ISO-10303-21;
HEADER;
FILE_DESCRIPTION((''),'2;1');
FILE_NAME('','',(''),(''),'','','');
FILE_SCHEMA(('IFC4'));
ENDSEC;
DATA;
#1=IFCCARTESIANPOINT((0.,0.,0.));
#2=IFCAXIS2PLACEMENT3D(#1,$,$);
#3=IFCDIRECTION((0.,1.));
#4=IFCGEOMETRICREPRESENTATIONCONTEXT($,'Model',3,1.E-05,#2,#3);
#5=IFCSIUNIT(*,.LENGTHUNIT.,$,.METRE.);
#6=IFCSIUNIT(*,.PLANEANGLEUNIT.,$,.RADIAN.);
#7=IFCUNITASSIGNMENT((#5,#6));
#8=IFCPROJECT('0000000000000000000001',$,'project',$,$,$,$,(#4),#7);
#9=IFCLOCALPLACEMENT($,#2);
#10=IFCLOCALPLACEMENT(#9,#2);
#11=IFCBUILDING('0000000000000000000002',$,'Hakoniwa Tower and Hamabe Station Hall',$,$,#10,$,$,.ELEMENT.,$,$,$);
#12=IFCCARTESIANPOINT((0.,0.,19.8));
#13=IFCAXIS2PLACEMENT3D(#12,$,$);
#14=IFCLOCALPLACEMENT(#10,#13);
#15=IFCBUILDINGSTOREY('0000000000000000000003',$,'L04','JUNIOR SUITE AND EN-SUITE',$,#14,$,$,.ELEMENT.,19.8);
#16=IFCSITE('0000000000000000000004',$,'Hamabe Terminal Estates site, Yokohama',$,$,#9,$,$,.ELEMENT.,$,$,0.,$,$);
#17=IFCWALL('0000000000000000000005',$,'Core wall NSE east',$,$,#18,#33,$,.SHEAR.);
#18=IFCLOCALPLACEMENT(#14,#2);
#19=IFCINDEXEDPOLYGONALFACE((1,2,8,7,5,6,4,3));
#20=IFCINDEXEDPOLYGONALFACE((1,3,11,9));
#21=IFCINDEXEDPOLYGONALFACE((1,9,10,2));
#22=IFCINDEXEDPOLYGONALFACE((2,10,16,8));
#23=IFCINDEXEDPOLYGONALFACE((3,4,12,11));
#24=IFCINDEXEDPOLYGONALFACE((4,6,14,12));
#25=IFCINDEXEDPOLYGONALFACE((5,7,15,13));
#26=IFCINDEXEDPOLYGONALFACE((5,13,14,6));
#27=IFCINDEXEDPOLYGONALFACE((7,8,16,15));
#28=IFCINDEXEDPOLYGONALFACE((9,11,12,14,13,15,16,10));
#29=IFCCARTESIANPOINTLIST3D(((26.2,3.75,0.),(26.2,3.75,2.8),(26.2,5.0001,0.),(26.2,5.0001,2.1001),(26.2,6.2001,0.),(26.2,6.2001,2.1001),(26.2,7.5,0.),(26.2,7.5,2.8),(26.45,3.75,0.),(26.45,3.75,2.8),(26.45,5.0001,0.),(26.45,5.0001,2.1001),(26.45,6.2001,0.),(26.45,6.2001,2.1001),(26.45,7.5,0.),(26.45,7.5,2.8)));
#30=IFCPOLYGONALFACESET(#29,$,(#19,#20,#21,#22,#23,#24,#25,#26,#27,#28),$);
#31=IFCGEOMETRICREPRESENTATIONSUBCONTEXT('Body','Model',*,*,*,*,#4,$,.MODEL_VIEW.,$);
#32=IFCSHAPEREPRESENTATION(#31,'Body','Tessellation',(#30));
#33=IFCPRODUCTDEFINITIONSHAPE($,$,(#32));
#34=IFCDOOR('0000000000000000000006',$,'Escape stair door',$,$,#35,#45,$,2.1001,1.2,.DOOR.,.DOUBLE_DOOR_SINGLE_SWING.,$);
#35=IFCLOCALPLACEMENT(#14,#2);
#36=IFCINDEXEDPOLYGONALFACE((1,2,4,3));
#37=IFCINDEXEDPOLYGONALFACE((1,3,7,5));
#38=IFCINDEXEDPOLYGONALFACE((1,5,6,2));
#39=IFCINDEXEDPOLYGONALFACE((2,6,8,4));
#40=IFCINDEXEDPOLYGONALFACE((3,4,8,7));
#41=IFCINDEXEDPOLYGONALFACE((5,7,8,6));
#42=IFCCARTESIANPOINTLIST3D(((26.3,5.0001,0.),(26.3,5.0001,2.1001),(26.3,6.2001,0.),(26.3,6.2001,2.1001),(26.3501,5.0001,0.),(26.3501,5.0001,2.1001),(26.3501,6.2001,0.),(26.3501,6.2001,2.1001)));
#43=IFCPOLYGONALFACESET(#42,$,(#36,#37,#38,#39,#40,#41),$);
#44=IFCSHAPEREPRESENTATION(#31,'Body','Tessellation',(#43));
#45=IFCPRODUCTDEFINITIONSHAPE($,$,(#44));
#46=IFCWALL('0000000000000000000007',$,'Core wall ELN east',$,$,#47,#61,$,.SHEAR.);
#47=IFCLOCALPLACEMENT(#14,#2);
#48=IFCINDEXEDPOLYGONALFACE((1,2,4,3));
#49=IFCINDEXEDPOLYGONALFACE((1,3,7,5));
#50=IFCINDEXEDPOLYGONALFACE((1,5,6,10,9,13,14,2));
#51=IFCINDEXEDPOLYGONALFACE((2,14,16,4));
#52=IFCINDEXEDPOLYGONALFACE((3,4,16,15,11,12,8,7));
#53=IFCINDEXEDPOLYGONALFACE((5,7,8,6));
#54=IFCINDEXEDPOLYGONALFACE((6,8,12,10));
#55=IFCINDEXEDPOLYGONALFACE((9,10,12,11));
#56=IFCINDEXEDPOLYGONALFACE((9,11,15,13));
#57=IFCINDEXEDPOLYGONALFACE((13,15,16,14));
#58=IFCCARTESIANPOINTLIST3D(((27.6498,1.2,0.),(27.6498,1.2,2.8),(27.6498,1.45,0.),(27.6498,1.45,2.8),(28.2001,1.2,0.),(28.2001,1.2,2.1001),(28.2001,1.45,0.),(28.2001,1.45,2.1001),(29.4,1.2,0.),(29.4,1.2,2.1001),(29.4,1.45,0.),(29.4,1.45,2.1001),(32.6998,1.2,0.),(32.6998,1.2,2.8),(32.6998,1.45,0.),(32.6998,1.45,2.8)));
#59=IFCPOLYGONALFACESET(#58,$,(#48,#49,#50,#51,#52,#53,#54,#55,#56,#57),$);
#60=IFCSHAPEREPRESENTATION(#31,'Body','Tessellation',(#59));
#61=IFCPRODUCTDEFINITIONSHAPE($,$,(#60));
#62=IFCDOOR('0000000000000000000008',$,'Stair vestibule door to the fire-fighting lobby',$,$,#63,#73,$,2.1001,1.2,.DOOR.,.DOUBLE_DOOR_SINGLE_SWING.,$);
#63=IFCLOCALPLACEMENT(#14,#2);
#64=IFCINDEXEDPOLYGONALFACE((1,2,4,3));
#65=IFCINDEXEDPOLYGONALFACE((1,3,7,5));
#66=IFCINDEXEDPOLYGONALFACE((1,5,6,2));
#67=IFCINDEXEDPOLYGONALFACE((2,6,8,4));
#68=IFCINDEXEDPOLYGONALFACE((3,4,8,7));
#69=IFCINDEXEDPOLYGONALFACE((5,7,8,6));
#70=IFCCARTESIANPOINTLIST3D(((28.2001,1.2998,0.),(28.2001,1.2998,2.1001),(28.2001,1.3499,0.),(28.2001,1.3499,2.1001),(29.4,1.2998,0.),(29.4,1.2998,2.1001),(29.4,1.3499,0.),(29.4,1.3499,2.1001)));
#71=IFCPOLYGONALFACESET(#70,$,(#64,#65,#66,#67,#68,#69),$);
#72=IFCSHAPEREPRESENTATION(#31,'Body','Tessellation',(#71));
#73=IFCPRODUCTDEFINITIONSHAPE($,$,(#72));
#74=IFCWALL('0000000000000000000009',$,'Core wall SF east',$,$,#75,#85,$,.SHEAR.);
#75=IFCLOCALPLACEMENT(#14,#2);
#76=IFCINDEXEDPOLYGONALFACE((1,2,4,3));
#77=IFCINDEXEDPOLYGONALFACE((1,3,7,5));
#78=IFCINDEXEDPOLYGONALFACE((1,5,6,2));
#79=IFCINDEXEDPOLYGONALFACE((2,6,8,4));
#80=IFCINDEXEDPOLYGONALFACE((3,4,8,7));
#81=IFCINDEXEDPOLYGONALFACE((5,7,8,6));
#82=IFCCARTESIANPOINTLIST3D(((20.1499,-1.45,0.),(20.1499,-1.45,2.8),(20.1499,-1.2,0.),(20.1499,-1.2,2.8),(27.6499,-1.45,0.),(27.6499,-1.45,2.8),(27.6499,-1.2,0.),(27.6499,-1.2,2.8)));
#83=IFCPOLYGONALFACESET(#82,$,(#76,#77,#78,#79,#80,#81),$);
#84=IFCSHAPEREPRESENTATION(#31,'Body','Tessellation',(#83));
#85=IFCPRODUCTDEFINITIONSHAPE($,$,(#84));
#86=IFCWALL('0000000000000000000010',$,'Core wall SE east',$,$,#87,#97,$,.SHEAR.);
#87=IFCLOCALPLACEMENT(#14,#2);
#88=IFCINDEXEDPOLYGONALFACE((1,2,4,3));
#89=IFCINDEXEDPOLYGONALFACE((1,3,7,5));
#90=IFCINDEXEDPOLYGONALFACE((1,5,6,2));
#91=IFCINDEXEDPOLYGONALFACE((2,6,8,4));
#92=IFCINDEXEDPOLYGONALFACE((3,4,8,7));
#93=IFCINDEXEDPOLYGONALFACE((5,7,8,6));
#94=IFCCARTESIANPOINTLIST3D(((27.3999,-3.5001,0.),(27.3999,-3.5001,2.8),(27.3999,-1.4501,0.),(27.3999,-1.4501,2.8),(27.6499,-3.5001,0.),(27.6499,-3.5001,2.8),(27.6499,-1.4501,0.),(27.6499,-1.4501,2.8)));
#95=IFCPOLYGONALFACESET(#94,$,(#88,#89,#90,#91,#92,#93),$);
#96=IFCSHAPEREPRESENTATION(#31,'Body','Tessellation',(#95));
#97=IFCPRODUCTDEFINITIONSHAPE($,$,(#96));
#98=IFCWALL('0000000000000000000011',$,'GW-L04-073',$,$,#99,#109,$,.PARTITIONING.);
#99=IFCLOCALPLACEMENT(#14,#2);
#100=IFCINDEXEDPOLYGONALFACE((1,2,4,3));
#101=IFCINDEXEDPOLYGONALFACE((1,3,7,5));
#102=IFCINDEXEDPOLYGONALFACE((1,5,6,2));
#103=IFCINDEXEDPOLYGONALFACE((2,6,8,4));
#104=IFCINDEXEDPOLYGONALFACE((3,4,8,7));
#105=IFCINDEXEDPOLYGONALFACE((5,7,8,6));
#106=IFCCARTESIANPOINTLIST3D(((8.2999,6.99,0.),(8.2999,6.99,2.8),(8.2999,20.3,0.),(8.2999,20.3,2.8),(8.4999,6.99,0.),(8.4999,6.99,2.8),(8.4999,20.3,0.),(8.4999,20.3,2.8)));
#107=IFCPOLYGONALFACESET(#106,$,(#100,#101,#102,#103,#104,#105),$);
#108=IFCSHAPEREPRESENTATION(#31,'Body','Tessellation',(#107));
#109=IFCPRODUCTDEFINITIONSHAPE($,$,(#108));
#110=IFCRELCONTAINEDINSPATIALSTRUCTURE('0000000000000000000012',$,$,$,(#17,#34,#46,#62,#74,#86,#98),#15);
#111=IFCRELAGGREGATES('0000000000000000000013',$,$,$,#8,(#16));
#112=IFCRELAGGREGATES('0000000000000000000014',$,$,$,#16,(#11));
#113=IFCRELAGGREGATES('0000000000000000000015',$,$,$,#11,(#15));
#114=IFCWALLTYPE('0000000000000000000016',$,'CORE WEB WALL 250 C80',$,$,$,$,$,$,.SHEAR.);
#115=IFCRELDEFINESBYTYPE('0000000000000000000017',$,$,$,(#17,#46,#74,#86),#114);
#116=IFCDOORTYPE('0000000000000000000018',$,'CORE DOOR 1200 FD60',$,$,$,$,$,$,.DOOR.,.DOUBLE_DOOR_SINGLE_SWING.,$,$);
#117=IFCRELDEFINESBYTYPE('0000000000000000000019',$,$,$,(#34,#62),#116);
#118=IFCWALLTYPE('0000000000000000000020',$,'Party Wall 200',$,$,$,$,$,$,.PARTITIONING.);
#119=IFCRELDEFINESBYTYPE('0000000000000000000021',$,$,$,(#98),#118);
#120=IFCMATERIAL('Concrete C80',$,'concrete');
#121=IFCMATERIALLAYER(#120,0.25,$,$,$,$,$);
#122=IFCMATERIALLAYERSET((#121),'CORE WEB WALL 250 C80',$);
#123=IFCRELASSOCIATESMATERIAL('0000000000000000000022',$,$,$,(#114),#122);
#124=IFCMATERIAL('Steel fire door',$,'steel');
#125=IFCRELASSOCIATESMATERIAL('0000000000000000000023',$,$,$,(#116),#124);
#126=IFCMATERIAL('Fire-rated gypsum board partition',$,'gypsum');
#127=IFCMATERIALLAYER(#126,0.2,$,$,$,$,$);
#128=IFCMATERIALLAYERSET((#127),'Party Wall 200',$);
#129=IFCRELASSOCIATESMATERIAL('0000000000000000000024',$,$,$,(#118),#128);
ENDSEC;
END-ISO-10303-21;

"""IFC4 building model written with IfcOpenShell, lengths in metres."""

from ifc_helpers import new_model, si_unit, direction, frame, frame_2d, origin, place, context, subcontext, project, spatial, rectangle, extrude, material, layer, layer_set, type_object, element, fill, save


model = new_model("IFC4")

# Units and contexts
model_context = context("Model", 3, precision=1e-05, world=origin(), true_north=direction((0.0, 1.0)))
body_context = subcontext(model_context, "Body", "Model", "MODEL_VIEW")
ifc_project = project(units=[si_unit("LENGTHUNIT", "METRE"), si_unit("PLANEANGLEUNIT", "RADIAN")], contexts=[model_context])

# Site, building, storey
site_placement = place(None, origin())
site = spatial("IfcSite", under=ifc_project, at=site_placement, Name="Hamabe Terminal Estates site, Yokohama", CompositionType="ELEMENT", RefElevation=0.0)
building_placement = place(site_placement, origin())
building = spatial("IfcBuilding", under=site, at=building_placement, Name="Hakoniwa Tower and Hamabe Station Hall", CompositionType="ELEMENT")
storey_placement = place(building_placement, frame((0.0, 0.0, 19.8)))
storey = spatial("IfcBuildingStorey", under=building, at=storey_placement, Name="L04", Description="JUNIOR SUITE AND EN-SUITE", CompositionType="ELEMENT", Elevation=19.8)

# Shared definitions
ifc_material_1 = material(Name="Concrete C80", Category="concrete")
ifc_layer_1 = layer(ifc_material_1, 0.25)
ifc_layer_set_1 = layer_set([ifc_layer_1], Name="CORE WEB WALL 250 C80")
wall_type_1 = type_object("IfcWallType", Name="CORE WEB WALL 250 C80", PredefinedType="SHEAR", material=ifc_layer_set_1)

# Walls, openings, doors
wall_1_placement = place(storey_placement, frame((26.325, 3.75, 0.0), z_axis=(0.0, 0.0, 1.0), x_axis=(0.0, 1.0, 0.0)))
wall_1 = element("IfcWall", 1, at=wall_1_placement, inside=storey, type_object=wall_type_1, Name="Core wall NSE east", PredefinedType="SHEAR", context=body_context, shape_type="SweptSolid", body=[
    extrude(rectangle(XDim=3.75, YDim=0.25, at=frame_2d((1.875, 0.0))), origin(), (0.0, 0.0, 1.0), 2.8),
])
opening_1_placement = place(wall_1_placement, frame((1.25, 0.0, 0.0)))
opening_1 = element("IfcOpeningElement", 2, at=opening_1_placement, cuts=wall_1, PredefinedType="OPENING", context=body_context, shape_type="SweptSolid", body=[
    extrude(rectangle(XDim=1.2, YDim=2.1001, at=frame_2d((0.6001, 1.05))), frame((0.0, 0.135, 0.0), z_axis=(0.0, -1.0, 0.0), x_axis=(1.0, 0.0, 0.0)), (0.0, 0.0, 1.0), 0.27),
])
ifc_material_2 = material(Name="Steel fire door", Category="steel")
door_type_1 = type_object("IfcDoorType", Name="CORE DOOR 1200 FD60", OperationType="DOUBLE_DOOR_SINGLE_SWING", PredefinedType="DOOR", material=ifc_material_2)
door_1_placement = place(opening_1_placement, origin())
door_1 = element("IfcDoor", 3, at=door_1_placement, inside=storey, type_object=door_type_1, Name="Escape stair door", OperationType="DOUBLE_DOOR_SINGLE_SWING", OverallHeight=2.1001, OverallWidth=1.2, PredefinedType="DOOR", context=body_context, shape_type="SweptSolid", body=[
    extrude(rectangle(XDim=1.2, YDim=2.1001, at=frame_2d((0.6001, 1.05))), frame((0.0, 0.0249, 0.0), z_axis=(0.0, -1.0, 0.0), x_axis=(1.0, 0.0, 0.0)), (0.0, 0.0, 1.0), 0.05),
])
fill(opening_1, door_1)
wall_2_placement = place(storey_placement, frame((27.6499, 1.325, 0.0), z_axis=(0.0, 0.0, 1.0), x_axis=(1.0, 0.0, 0.0)))
wall_2 = element("IfcWall", 4, at=wall_2_placement, inside=storey, type_object=wall_type_1, Name="Core wall ELN east", PredefinedType="SHEAR", context=body_context, shape_type="SweptSolid", body=[
    extrude(rectangle(XDim=5.05, YDim=0.25, at=frame_2d((2.5249, 0.0))), origin(), (0.0, 0.0, 1.0), 2.8),
])
opening_2_placement = place(wall_2_placement, frame((0.55, 0.0, 0.0)))
opening_2 = element("IfcOpeningElement", 5, at=opening_2_placement, cuts=wall_2, PredefinedType="OPENING", context=body_context, shape_type="SweptSolid", body=[
    extrude(rectangle(XDim=1.2, YDim=2.1001, at=frame_2d((0.6001, 1.05))), frame((0.0, 0.135, 0.0), z_axis=(0.0, -1.0, 0.0), x_axis=(1.0, 0.0, 0.0)), (0.0, 0.0, 1.0), 0.27),
])
door_2_placement = place(opening_2_placement, origin())
door_2 = element("IfcDoor", 6, at=door_2_placement, inside=storey, type_object=door_type_1, Name="Stair vestibule door to the fire-fighting lobby", OperationType="DOUBLE_DOOR_SINGLE_SWING", OverallHeight=2.1001, OverallWidth=1.2, PredefinedType="DOOR", context=body_context, shape_type="SweptSolid", body=[
    extrude(rectangle(XDim=1.2, YDim=2.1001, at=frame_2d((0.6001, 1.05))), frame((0.0, 0.0249, 0.0), z_axis=(0.0, -1.0, 0.0), x_axis=(1.0, 0.0, 0.0)), (0.0, 0.0, 1.0), 0.05),
])
fill(opening_2, door_2)

# Walls
wall_3_placement = place(storey_placement, frame((20.1499, -1.325, 0.0), z_axis=(0.0, 0.0, 1.0), x_axis=(1.0, 0.0, 0.0)))
element("IfcWall", 7, at=wall_3_placement, inside=storey, type_object=wall_type_1, Name="Core wall SF east", PredefinedType="SHEAR", context=body_context, shape_type="SweptSolid", body=[
    extrude(rectangle(XDim=7.5, YDim=0.25, at=frame_2d((3.75, 0.0))), origin(), (0.0, 0.0, 1.0), 2.8),
])
wall_4_placement = place(storey_placement, frame((27.5249, -3.5, 0.0), z_axis=(0.0, 0.0, 1.0), x_axis=(0.0, 1.0, 0.0)))
element("IfcWall", 8, at=wall_4_placement, inside=storey, type_object=wall_type_1, Name="Core wall SE east", PredefinedType="SHEAR", context=body_context, shape_type="SweptSolid", body=[
    extrude(rectangle(XDim=2.05, YDim=0.25, at=frame_2d((1.0249, 0.0))), origin(), (0.0, 0.0, 1.0), 2.8),
])
ifc_material_3 = material(Name="Fire-rated gypsum board partition", Category="gypsum")
ifc_layer_2 = layer(ifc_material_3, 0.2)
ifc_layer_set_2 = layer_set([ifc_layer_2], Name="Party Wall 200")
wall_type_2 = type_object("IfcWallType", Name="Party Wall 200", PredefinedType="PARTITIONING", material=ifc_layer_set_2)
wall_5_placement = place(storey_placement, frame((8.3999, 6.99, 0.0), z_axis=(0.0, 0.0, 1.0), x_axis=(0.0, 1.0, 0.0)))
element("IfcWall", 9, at=wall_5_placement, inside=storey, type_object=wall_type_2, Name="GW-L04-073", PredefinedType="PARTITIONING", context=body_context, shape_type="SweptSolid", body=[
    extrude(rectangle(XDim=13.3101, YDim=0.2, at=frame_2d((6.655, 0.0))), origin(), (0.0, 0.0, 1.0), 2.8),
])

save(model, "model.ifc")
